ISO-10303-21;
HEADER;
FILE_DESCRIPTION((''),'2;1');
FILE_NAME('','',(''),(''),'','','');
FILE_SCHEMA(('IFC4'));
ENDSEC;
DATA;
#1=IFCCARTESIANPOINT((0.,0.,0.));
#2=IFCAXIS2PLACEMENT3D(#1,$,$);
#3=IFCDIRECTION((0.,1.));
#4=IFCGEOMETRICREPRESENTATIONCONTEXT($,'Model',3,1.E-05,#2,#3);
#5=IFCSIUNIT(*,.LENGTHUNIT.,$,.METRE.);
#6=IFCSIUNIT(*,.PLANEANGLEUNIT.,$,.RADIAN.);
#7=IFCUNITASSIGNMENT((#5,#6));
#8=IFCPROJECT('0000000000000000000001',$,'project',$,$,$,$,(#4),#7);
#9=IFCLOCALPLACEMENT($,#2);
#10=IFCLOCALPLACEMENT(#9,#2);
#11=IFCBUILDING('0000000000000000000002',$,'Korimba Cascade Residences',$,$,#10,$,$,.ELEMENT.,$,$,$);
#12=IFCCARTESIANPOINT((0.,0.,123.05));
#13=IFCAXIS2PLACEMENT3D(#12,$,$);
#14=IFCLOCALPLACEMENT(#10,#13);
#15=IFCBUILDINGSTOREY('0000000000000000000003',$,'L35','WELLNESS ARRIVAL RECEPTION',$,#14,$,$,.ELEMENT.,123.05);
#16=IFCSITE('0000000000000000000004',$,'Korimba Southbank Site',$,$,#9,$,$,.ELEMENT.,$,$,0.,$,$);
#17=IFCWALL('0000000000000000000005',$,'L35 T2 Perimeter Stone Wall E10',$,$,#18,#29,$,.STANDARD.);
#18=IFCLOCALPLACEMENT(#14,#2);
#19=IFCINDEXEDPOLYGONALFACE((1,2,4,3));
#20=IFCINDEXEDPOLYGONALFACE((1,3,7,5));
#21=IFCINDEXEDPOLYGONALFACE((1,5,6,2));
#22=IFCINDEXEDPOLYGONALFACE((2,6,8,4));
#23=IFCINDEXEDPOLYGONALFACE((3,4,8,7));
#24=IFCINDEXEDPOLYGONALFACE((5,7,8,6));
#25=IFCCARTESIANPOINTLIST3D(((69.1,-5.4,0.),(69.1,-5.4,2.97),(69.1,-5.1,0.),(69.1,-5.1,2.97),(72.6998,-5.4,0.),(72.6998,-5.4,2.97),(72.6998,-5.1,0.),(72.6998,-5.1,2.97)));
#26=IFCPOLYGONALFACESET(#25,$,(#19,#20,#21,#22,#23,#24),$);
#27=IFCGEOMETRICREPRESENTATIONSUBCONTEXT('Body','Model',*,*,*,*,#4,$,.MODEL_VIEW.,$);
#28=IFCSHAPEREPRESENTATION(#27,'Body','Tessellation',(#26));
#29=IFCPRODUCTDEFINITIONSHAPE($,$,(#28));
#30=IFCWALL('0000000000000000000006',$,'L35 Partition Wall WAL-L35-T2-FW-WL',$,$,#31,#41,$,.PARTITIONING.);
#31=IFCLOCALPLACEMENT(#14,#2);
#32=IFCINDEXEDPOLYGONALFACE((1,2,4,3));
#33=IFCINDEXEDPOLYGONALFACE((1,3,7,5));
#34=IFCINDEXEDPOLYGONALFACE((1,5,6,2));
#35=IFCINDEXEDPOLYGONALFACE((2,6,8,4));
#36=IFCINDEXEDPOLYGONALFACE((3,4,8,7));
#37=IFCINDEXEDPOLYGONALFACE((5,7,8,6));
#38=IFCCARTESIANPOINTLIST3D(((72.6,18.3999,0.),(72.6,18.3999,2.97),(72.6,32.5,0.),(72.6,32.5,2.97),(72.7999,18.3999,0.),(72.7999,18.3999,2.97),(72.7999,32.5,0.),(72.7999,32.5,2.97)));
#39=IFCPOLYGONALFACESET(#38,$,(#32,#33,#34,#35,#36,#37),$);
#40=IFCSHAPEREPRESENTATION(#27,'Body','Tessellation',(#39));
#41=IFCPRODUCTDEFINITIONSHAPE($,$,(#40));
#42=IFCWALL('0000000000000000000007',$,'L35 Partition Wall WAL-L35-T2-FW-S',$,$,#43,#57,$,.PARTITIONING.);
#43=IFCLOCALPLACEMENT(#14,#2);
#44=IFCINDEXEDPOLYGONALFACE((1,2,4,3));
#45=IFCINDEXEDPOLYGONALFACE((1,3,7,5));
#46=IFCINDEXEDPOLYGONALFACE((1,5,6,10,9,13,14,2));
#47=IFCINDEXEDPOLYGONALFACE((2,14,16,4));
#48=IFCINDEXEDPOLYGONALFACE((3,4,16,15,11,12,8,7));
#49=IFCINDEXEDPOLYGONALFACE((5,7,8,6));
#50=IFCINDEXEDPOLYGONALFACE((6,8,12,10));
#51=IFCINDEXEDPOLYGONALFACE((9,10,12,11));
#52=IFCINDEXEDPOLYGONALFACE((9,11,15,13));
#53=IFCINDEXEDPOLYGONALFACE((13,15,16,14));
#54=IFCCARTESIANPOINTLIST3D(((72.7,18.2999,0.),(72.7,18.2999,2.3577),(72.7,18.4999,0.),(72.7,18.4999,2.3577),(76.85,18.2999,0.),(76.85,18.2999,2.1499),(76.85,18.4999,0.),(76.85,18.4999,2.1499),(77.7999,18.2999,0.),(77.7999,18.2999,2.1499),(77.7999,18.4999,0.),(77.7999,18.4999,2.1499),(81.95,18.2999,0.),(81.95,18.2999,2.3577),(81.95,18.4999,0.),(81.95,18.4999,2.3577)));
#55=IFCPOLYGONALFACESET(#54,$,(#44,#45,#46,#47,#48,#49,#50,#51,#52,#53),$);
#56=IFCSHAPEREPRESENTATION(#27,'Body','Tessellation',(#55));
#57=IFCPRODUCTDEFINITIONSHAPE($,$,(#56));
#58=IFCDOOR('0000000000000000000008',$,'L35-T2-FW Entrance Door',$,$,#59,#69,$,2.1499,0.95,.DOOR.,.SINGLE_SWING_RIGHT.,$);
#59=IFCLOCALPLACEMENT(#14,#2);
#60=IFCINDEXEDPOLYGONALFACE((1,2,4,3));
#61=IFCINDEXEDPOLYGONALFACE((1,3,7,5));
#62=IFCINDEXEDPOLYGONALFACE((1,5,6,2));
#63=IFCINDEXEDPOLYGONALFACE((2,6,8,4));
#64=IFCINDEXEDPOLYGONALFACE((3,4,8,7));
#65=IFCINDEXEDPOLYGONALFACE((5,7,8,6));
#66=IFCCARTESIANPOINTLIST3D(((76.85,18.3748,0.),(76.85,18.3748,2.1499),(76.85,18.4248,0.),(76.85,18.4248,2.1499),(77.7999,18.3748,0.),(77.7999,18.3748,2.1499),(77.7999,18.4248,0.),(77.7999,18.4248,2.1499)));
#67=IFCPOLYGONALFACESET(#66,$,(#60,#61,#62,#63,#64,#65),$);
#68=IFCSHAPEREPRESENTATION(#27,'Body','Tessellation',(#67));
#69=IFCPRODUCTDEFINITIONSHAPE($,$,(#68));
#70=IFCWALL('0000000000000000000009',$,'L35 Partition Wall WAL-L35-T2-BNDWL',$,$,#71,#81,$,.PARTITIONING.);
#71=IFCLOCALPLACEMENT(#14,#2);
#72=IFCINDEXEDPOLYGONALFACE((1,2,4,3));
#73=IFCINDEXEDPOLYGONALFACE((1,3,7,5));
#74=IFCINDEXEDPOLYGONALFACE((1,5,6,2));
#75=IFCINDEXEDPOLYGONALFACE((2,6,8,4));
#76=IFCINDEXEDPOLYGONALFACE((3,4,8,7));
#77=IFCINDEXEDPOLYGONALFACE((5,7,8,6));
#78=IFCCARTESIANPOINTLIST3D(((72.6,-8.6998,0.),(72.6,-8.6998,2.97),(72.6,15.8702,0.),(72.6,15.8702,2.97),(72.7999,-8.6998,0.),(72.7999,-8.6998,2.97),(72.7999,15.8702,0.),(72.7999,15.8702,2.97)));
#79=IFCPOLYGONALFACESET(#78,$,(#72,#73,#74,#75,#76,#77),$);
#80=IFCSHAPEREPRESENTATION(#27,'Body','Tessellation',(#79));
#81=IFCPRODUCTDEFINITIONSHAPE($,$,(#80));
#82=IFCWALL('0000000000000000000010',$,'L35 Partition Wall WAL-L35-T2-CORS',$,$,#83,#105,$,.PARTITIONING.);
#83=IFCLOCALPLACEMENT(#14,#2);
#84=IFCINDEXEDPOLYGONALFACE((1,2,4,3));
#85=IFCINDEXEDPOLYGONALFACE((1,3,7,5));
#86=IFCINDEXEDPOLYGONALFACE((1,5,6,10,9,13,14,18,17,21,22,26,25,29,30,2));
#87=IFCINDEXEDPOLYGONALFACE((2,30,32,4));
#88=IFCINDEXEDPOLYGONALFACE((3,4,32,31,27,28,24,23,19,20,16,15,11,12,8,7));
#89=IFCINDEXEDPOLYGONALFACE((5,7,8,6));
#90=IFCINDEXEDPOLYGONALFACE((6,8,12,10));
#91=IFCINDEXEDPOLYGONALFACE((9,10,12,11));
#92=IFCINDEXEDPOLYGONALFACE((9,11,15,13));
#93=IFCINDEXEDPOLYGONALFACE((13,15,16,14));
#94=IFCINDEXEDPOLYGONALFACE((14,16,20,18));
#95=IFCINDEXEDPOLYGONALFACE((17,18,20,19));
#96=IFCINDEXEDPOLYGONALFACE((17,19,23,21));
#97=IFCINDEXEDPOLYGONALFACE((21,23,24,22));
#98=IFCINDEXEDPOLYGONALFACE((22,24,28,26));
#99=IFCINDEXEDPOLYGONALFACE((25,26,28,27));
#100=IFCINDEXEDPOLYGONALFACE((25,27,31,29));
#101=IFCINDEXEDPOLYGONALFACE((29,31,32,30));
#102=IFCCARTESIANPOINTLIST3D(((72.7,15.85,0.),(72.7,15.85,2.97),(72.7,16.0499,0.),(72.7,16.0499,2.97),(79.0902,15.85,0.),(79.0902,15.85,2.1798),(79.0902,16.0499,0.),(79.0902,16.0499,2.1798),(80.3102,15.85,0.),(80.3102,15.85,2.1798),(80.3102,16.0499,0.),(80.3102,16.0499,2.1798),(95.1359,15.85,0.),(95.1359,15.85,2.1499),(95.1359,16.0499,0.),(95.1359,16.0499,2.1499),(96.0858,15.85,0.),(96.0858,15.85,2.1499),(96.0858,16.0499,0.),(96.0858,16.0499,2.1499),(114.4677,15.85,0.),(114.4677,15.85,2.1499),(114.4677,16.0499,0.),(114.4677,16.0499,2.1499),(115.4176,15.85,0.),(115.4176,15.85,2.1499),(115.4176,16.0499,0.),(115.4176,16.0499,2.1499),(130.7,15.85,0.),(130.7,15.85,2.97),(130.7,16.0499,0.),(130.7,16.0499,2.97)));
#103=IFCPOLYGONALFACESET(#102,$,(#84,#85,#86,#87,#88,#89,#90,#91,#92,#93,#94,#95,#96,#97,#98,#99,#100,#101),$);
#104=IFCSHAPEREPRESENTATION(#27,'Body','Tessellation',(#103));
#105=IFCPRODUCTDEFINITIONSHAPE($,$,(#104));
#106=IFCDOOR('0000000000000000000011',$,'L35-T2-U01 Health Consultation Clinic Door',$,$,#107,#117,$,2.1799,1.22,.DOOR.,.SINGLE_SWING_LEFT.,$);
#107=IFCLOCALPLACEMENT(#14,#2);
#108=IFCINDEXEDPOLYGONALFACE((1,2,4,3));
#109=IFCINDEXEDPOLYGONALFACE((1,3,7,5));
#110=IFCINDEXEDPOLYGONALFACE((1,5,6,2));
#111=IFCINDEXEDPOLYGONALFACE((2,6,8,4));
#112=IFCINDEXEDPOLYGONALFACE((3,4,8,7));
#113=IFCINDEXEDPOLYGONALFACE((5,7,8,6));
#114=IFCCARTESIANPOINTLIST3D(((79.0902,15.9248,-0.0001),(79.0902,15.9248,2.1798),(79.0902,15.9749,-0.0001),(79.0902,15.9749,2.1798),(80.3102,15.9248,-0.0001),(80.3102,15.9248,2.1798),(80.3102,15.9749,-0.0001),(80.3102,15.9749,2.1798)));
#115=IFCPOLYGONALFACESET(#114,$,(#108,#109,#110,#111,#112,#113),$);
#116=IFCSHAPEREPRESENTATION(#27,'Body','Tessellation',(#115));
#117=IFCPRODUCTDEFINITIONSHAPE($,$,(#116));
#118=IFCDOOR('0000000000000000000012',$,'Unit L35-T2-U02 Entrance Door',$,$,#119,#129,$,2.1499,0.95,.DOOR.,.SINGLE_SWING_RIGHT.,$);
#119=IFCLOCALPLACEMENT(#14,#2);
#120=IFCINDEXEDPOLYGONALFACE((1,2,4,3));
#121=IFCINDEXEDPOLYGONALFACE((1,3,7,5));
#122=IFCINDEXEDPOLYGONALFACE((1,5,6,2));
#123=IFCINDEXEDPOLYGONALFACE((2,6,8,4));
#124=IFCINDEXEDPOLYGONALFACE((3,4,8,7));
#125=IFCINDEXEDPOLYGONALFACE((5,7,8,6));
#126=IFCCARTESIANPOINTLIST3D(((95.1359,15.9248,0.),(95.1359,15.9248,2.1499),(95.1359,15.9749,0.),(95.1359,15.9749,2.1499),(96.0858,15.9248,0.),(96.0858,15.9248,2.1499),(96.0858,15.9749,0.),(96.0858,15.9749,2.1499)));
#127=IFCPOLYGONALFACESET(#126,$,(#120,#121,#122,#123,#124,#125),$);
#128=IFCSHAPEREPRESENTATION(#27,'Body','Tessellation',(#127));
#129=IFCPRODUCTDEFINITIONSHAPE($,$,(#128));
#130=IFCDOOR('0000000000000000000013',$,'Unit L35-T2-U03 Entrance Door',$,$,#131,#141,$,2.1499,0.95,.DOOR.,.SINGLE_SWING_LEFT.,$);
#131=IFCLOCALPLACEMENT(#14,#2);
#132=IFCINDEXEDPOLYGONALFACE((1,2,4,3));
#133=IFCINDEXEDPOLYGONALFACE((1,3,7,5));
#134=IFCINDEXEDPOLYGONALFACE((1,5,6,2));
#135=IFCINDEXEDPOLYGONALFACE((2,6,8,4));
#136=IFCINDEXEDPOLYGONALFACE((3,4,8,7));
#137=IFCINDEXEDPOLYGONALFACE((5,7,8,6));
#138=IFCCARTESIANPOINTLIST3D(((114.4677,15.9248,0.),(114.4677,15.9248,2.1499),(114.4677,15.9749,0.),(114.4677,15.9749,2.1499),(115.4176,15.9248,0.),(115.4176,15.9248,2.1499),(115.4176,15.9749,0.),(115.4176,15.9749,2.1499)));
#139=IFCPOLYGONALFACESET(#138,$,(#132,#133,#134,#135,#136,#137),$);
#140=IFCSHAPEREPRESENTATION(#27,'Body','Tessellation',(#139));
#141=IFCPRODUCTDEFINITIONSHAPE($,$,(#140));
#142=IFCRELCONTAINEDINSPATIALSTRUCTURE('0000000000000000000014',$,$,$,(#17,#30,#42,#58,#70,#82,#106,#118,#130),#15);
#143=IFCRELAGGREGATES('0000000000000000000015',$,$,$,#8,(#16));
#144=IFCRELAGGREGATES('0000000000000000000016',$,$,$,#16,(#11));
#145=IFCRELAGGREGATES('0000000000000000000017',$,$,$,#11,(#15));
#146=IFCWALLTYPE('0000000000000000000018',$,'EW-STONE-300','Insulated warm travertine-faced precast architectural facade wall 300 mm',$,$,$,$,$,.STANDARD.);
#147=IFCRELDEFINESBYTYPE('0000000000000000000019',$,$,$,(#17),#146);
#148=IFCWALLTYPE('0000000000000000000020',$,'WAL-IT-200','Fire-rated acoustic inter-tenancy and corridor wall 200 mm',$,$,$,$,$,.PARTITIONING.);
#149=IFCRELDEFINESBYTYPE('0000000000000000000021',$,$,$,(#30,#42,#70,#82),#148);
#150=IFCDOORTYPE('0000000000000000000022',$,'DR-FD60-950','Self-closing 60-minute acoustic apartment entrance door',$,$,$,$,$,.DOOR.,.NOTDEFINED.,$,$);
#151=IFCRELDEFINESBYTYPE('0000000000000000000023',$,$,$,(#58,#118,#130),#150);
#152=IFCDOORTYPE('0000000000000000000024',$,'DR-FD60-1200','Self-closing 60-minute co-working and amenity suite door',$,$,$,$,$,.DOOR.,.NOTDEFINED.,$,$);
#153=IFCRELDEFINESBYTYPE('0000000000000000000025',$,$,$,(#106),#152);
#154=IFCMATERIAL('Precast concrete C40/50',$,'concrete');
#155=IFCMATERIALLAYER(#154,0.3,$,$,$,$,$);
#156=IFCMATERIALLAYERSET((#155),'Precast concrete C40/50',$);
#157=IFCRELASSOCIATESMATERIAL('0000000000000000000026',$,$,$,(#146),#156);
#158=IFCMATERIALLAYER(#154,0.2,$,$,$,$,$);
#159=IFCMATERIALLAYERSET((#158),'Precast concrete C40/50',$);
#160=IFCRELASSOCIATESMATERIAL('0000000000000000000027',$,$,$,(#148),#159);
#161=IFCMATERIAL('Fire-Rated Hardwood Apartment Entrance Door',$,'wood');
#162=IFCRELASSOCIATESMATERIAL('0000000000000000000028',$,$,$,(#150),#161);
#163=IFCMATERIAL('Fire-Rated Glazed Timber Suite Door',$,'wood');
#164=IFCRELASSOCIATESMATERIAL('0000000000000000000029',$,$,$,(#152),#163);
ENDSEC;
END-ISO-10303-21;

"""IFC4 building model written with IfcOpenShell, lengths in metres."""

from ifc_helpers import new_model, si_unit, direction, frame, frame_2d, origin, place, context, subcontext, project, spatial, rectangle, extrude, material, layer, layer_set, type_object, element, fill, save


model = new_model("IFC4")

# Units and contexts
model_context = context("Model", 3, precision=1e-05, world=origin(), true_north=direction((0.0, 1.0)))
body_context = subcontext(model_context, "Body", "Model", "MODEL_VIEW")
ifc_project = project(units=[si_unit("LENGTHUNIT", "METRE"), si_unit("PLANEANGLEUNIT", "RADIAN")], contexts=[model_context])

# Site, building, storey
site_placement = place(None, origin())
site = spatial("IfcSite", under=ifc_project, at=site_placement, Name="Korimba Southbank Site", CompositionType="ELEMENT", RefElevation=0.0)
building_placement = place(site_placement, origin())
building = spatial("IfcBuilding", under=site, at=building_placement, Name="Korimba Cascade Residences", CompositionType="ELEMENT")
storey_placement = place(building_placement, frame((0.0, 0.0, 123.05)))
storey = spatial("IfcBuildingStorey", under=building, at=storey_placement, Name="L35", Description="WELLNESS ARRIVAL RECEPTION", CompositionType="ELEMENT", Elevation=123.05)

# Shared definitions
ifc_material_1 = material(Name="Precast concrete C40/50", Category="concrete")

# Walls
ifc_layer_1 = layer(ifc_material_1, 0.3)
ifc_layer_set_1 = layer_set([ifc_layer_1], Name="Precast concrete C40/50")
wall_type_1 = type_object("IfcWallType", Name="EW-STONE-300", Description="Insulated warm travertine-faced precast architectural facade wall 300 mm", PredefinedType="STANDARD", material=ifc_layer_set_1)
wall_1_placement = place(storey_placement, frame((69.1001, -5.25, 0.0), z_axis=(0.0, 0.0, 1.0), x_axis=(1.0, 0.0, 0.0)))
element("IfcWall", 1, at=wall_1_placement, inside=storey, type_object=wall_type_1, Name="L35 T2 Perimeter Stone Wall E10", PredefinedType="STANDARD", context=body_context, shape_type="SweptSolid", body=[
    extrude(rectangle(XDim=3.5999, YDim=0.3, at=frame_2d((1.7998, 0.0))), origin(), (0.0, 0.0, 1.0), 2.97),
])
ifc_layer_2 = layer(ifc_material_1, 0.2)
ifc_layer_set_2 = layer_set([ifc_layer_2], Name="Precast concrete C40/50")
wall_type_2 = type_object("IfcWallType", Name="WAL-IT-200", Description="Fire-rated acoustic inter-tenancy and corridor wall 200 mm", PredefinedType="PARTITIONING", material=ifc_layer_set_2)
wall_2_placement = place(storey_placement, frame((72.7, 18.3999, 0.0), z_axis=(0.0, 0.0, 1.0), x_axis=(0.0, 1.0, 0.0)))
element("IfcWall", 2, at=wall_2_placement, inside=storey, type_object=wall_type_2, Name="L35 Partition Wall WAL-L35-T2-FW-WL", PredefinedType="PARTITIONING", context=body_context, shape_type="SweptSolid", body=[
    extrude(rectangle(XDim=14.1001, YDim=0.2, at=frame_2d((7.05, 0.0))), origin(), (0.0, 0.0, 1.0), 2.97),
])

# Wall, opening, door
wall_3_placement = place(storey_placement, frame((72.7, 18.3999, 0.0), z_axis=(0.0, 0.0, 1.0), x_axis=(1.0, 0.0, 0.0)))
wall_3 = element("IfcWall", 3, at=wall_3_placement, inside=storey, type_object=wall_type_2, Name="L35 Partition Wall WAL-L35-T2-FW-S", PredefinedType="PARTITIONING", context=body_context, shape_type="SweptSolid", body=[
    extrude(rectangle(XDim=9.25, YDim=0.2, at=frame_2d((4.625, 0.0))), origin(), (0.0, 0.0, 1.0), 2.3577),
])
opening_1_placement = place(wall_3_placement, frame((4.1499, 0.0, 0.0)))
opening_1 = element("IfcOpeningElement", 4, at=opening_1_placement, cuts=wall_3, PredefinedType="OPENING", context=body_context, shape_type="SweptSolid", body=[
    extrude(rectangle(XDim=0.95, YDim=2.1499, at=frame_2d((0.4751, 1.075))), frame((0.0, 0.1099, 0.0), z_axis=(0.0, -1.0, 0.0), x_axis=(1.0, 0.0, 0.0)), (0.0, 0.0, 1.0), 0.22),
])
ifc_material_2 = material(Name="Fire-Rated Hardwood Apartment Entrance Door", Category="wood")
door_type_1 = type_object("IfcDoorType", Name="DR-FD60-950", Description="Self-closing 60-minute acoustic apartment entrance door", OperationType="NOTDEFINED", PredefinedType="DOOR", material=ifc_material_2)
door_1_placement = place(opening_1_placement, origin())
door_1 = element("IfcDoor", 5, at=door_1_placement, inside=storey, type_object=door_type_1, Name="L35-T2-FW Entrance Door", OperationType="SINGLE_SWING_RIGHT", OverallHeight=2.1499, OverallWidth=0.95, PredefinedType="DOOR", context=body_context, shape_type="SweptSolid", body=[
    extrude(rectangle(XDim=0.95, YDim=2.1499, at=frame_2d((0.4751, 1.075))), frame((0.0, 0.0249, 0.0), z_axis=(0.0, -1.0, 0.0), x_axis=(1.0, 0.0, 0.0)), (0.0, 0.0, 1.0), 0.05),
])
fill(opening_1, door_1)

# Wall
wall_4_placement = place(storey_placement, frame((72.7, -8.7, 0.0), z_axis=(0.0, 0.0, 1.0), x_axis=(0.0, 1.0, 0.0)))
element("IfcWall", 6, at=wall_4_placement, inside=storey, type_object=wall_type_2, Name="L35 Partition Wall WAL-L35-T2-BNDWL", PredefinedType="PARTITIONING", context=body_context, shape_type="SweptSolid", body=[
    extrude(rectangle(XDim=24.5701, YDim=0.2, at=frame_2d((12.2852, 0.0))), origin(), (0.0, 0.0, 1.0), 2.97),
])

# Wall, openings, doors
wall_5_placement = place(storey_placement, frame((72.7, 15.95, 0.0), z_axis=(0.0, 0.0, 1.0), x_axis=(1.0, 0.0, 0.0)))
wall_5 = element("IfcWall", 7, at=wall_5_placement, inside=storey, type_object=wall_type_2, Name="L35 Partition Wall WAL-L35-T2-CORS", PredefinedType="PARTITIONING", context=body_context, shape_type="SweptSolid", body=[
    extrude(rectangle(XDim=58.0, YDim=0.2, at=frame_2d((29.0, 0.0))), origin(), (0.0, 0.0, 1.0), 2.97),
])
opening_2_placement = place(wall_5_placement, frame((6.3904, 0.0, 0.0)))
opening_2 = element("IfcOpeningElement", 8, at=opening_2_placement, cuts=wall_5, PredefinedType="OPENING", context=body_context, shape_type="SweptSolid", body=[
    extrude(rectangle(XDim=1.22, YDim=2.1799, at=frame_2d((0.6099, 1.0898))), frame((0.0, 0.1099, 0.0), z_axis=(0.0, -1.0, 0.0), x_axis=(1.0, 0.0, 0.0)), (0.0, 0.0, 1.0), 0.22),
])
opening_3_placement = place(wall_5_placement, frame((22.4358, 0.0, 0.0)))
opening_3 = element("IfcOpeningElement", 9, at=opening_3_placement, cuts=wall_5, PredefinedType="OPENING", context=body_context, shape_type="SweptSolid", body=[
    extrude(rectangle(XDim=0.95, YDim=2.1499, at=frame_2d((0.4751, 1.075))), frame((0.0, 0.1099, 0.0), z_axis=(0.0, -1.0, 0.0), x_axis=(1.0, 0.0, 0.0)), (0.0, 0.0, 1.0), 0.22),
])
opening_4_placement = place(wall_5_placement, frame((41.7676, 0.0, 0.0)))
opening_4 = element("IfcOpeningElement", 10, at=opening_4_placement, cuts=wall_5, PredefinedType="OPENING", context=body_context, shape_type="SweptSolid", body=[
    extrude(rectangle(XDim=0.95, YDim=2.1499, at=frame_2d((0.4751, 1.075))), frame((0.0, 0.1099, 0.0), z_axis=(0.0, -1.0, 0.0), x_axis=(1.0, 0.0, 0.0)), (0.0, 0.0, 1.0), 0.22),
])
ifc_material_3 = material(Name="Fire-Rated Glazed Timber Suite Door", Category="wood")
door_type_2 = type_object("IfcDoorType", Name="DR-FD60-1200", Description="Self-closing 60-minute co-working and amenity suite door", OperationType="NOTDEFINED", PredefinedType="DOOR", material=ifc_material_3)
door_2_placement = place(opening_2_placement, origin())
door_2 = element("IfcDoor", 11, at=door_2_placement, inside=storey, type_object=door_type_2, Name="L35-T2-U01 Health Consultation Clinic Door", OperationType="SINGLE_SWING_LEFT", OverallHeight=2.1799, OverallWidth=1.22, PredefinedType="DOOR", context=body_context, shape_type="SweptSolid", body=[
    extrude(rectangle(XDim=1.22, YDim=2.1799, at=frame_2d((0.6099, 1.0898))), frame((0.0, 0.0249, 0.0), z_axis=(0.0, -1.0, 0.0), x_axis=(1.0, 0.0, 0.0)), (0.0, 0.0, 1.0), 0.05),
])
fill(opening_2, door_2)
door_3_placement = place(opening_3_placement, origin())
door_3 = element("IfcDoor", 12, at=door_3_placement, inside=storey, type_object=door_type_1, Name="Unit L35-T2-U02 Entrance Door", OperationType="SINGLE_SWING_RIGHT", OverallHeight=2.1499, OverallWidth=0.95, PredefinedType="DOOR", context=body_context, shape_type="SweptSolid", body=[
    extrude(rectangle(XDim=0.95, YDim=2.1499, at=frame_2d((0.4751, 1.075))), frame((0.0, 0.0249, 0.0), z_axis=(0.0, -1.0, 0.0), x_axis=(1.0, 0.0, 0.0)), (0.0, 0.0, 1.0), 0.05),
])
fill(opening_3, door_3)
door_4_placement = place(opening_4_placement, origin())
door_4 = element("IfcDoor", 13, at=door_4_placement, inside=storey, type_object=door_type_1, Name="Unit L35-T2-U03 Entrance Door", OperationType="SINGLE_SWING_LEFT", OverallHeight=2.1499, OverallWidth=0.95, PredefinedType="DOOR", context=body_context, shape_type="SweptSolid", body=[
    extrude(rectangle(XDim=0.95, YDim=2.1499, at=frame_2d((0.4751, 1.075))), frame((0.0, 0.0249, 0.0), z_axis=(0.0, -1.0, 0.0), x_axis=(1.0, 0.0, 0.0)), (0.0, 0.0, 1.0), 0.05),
])
fill(opening_4, door_4)

save(model, "model.ifc")
